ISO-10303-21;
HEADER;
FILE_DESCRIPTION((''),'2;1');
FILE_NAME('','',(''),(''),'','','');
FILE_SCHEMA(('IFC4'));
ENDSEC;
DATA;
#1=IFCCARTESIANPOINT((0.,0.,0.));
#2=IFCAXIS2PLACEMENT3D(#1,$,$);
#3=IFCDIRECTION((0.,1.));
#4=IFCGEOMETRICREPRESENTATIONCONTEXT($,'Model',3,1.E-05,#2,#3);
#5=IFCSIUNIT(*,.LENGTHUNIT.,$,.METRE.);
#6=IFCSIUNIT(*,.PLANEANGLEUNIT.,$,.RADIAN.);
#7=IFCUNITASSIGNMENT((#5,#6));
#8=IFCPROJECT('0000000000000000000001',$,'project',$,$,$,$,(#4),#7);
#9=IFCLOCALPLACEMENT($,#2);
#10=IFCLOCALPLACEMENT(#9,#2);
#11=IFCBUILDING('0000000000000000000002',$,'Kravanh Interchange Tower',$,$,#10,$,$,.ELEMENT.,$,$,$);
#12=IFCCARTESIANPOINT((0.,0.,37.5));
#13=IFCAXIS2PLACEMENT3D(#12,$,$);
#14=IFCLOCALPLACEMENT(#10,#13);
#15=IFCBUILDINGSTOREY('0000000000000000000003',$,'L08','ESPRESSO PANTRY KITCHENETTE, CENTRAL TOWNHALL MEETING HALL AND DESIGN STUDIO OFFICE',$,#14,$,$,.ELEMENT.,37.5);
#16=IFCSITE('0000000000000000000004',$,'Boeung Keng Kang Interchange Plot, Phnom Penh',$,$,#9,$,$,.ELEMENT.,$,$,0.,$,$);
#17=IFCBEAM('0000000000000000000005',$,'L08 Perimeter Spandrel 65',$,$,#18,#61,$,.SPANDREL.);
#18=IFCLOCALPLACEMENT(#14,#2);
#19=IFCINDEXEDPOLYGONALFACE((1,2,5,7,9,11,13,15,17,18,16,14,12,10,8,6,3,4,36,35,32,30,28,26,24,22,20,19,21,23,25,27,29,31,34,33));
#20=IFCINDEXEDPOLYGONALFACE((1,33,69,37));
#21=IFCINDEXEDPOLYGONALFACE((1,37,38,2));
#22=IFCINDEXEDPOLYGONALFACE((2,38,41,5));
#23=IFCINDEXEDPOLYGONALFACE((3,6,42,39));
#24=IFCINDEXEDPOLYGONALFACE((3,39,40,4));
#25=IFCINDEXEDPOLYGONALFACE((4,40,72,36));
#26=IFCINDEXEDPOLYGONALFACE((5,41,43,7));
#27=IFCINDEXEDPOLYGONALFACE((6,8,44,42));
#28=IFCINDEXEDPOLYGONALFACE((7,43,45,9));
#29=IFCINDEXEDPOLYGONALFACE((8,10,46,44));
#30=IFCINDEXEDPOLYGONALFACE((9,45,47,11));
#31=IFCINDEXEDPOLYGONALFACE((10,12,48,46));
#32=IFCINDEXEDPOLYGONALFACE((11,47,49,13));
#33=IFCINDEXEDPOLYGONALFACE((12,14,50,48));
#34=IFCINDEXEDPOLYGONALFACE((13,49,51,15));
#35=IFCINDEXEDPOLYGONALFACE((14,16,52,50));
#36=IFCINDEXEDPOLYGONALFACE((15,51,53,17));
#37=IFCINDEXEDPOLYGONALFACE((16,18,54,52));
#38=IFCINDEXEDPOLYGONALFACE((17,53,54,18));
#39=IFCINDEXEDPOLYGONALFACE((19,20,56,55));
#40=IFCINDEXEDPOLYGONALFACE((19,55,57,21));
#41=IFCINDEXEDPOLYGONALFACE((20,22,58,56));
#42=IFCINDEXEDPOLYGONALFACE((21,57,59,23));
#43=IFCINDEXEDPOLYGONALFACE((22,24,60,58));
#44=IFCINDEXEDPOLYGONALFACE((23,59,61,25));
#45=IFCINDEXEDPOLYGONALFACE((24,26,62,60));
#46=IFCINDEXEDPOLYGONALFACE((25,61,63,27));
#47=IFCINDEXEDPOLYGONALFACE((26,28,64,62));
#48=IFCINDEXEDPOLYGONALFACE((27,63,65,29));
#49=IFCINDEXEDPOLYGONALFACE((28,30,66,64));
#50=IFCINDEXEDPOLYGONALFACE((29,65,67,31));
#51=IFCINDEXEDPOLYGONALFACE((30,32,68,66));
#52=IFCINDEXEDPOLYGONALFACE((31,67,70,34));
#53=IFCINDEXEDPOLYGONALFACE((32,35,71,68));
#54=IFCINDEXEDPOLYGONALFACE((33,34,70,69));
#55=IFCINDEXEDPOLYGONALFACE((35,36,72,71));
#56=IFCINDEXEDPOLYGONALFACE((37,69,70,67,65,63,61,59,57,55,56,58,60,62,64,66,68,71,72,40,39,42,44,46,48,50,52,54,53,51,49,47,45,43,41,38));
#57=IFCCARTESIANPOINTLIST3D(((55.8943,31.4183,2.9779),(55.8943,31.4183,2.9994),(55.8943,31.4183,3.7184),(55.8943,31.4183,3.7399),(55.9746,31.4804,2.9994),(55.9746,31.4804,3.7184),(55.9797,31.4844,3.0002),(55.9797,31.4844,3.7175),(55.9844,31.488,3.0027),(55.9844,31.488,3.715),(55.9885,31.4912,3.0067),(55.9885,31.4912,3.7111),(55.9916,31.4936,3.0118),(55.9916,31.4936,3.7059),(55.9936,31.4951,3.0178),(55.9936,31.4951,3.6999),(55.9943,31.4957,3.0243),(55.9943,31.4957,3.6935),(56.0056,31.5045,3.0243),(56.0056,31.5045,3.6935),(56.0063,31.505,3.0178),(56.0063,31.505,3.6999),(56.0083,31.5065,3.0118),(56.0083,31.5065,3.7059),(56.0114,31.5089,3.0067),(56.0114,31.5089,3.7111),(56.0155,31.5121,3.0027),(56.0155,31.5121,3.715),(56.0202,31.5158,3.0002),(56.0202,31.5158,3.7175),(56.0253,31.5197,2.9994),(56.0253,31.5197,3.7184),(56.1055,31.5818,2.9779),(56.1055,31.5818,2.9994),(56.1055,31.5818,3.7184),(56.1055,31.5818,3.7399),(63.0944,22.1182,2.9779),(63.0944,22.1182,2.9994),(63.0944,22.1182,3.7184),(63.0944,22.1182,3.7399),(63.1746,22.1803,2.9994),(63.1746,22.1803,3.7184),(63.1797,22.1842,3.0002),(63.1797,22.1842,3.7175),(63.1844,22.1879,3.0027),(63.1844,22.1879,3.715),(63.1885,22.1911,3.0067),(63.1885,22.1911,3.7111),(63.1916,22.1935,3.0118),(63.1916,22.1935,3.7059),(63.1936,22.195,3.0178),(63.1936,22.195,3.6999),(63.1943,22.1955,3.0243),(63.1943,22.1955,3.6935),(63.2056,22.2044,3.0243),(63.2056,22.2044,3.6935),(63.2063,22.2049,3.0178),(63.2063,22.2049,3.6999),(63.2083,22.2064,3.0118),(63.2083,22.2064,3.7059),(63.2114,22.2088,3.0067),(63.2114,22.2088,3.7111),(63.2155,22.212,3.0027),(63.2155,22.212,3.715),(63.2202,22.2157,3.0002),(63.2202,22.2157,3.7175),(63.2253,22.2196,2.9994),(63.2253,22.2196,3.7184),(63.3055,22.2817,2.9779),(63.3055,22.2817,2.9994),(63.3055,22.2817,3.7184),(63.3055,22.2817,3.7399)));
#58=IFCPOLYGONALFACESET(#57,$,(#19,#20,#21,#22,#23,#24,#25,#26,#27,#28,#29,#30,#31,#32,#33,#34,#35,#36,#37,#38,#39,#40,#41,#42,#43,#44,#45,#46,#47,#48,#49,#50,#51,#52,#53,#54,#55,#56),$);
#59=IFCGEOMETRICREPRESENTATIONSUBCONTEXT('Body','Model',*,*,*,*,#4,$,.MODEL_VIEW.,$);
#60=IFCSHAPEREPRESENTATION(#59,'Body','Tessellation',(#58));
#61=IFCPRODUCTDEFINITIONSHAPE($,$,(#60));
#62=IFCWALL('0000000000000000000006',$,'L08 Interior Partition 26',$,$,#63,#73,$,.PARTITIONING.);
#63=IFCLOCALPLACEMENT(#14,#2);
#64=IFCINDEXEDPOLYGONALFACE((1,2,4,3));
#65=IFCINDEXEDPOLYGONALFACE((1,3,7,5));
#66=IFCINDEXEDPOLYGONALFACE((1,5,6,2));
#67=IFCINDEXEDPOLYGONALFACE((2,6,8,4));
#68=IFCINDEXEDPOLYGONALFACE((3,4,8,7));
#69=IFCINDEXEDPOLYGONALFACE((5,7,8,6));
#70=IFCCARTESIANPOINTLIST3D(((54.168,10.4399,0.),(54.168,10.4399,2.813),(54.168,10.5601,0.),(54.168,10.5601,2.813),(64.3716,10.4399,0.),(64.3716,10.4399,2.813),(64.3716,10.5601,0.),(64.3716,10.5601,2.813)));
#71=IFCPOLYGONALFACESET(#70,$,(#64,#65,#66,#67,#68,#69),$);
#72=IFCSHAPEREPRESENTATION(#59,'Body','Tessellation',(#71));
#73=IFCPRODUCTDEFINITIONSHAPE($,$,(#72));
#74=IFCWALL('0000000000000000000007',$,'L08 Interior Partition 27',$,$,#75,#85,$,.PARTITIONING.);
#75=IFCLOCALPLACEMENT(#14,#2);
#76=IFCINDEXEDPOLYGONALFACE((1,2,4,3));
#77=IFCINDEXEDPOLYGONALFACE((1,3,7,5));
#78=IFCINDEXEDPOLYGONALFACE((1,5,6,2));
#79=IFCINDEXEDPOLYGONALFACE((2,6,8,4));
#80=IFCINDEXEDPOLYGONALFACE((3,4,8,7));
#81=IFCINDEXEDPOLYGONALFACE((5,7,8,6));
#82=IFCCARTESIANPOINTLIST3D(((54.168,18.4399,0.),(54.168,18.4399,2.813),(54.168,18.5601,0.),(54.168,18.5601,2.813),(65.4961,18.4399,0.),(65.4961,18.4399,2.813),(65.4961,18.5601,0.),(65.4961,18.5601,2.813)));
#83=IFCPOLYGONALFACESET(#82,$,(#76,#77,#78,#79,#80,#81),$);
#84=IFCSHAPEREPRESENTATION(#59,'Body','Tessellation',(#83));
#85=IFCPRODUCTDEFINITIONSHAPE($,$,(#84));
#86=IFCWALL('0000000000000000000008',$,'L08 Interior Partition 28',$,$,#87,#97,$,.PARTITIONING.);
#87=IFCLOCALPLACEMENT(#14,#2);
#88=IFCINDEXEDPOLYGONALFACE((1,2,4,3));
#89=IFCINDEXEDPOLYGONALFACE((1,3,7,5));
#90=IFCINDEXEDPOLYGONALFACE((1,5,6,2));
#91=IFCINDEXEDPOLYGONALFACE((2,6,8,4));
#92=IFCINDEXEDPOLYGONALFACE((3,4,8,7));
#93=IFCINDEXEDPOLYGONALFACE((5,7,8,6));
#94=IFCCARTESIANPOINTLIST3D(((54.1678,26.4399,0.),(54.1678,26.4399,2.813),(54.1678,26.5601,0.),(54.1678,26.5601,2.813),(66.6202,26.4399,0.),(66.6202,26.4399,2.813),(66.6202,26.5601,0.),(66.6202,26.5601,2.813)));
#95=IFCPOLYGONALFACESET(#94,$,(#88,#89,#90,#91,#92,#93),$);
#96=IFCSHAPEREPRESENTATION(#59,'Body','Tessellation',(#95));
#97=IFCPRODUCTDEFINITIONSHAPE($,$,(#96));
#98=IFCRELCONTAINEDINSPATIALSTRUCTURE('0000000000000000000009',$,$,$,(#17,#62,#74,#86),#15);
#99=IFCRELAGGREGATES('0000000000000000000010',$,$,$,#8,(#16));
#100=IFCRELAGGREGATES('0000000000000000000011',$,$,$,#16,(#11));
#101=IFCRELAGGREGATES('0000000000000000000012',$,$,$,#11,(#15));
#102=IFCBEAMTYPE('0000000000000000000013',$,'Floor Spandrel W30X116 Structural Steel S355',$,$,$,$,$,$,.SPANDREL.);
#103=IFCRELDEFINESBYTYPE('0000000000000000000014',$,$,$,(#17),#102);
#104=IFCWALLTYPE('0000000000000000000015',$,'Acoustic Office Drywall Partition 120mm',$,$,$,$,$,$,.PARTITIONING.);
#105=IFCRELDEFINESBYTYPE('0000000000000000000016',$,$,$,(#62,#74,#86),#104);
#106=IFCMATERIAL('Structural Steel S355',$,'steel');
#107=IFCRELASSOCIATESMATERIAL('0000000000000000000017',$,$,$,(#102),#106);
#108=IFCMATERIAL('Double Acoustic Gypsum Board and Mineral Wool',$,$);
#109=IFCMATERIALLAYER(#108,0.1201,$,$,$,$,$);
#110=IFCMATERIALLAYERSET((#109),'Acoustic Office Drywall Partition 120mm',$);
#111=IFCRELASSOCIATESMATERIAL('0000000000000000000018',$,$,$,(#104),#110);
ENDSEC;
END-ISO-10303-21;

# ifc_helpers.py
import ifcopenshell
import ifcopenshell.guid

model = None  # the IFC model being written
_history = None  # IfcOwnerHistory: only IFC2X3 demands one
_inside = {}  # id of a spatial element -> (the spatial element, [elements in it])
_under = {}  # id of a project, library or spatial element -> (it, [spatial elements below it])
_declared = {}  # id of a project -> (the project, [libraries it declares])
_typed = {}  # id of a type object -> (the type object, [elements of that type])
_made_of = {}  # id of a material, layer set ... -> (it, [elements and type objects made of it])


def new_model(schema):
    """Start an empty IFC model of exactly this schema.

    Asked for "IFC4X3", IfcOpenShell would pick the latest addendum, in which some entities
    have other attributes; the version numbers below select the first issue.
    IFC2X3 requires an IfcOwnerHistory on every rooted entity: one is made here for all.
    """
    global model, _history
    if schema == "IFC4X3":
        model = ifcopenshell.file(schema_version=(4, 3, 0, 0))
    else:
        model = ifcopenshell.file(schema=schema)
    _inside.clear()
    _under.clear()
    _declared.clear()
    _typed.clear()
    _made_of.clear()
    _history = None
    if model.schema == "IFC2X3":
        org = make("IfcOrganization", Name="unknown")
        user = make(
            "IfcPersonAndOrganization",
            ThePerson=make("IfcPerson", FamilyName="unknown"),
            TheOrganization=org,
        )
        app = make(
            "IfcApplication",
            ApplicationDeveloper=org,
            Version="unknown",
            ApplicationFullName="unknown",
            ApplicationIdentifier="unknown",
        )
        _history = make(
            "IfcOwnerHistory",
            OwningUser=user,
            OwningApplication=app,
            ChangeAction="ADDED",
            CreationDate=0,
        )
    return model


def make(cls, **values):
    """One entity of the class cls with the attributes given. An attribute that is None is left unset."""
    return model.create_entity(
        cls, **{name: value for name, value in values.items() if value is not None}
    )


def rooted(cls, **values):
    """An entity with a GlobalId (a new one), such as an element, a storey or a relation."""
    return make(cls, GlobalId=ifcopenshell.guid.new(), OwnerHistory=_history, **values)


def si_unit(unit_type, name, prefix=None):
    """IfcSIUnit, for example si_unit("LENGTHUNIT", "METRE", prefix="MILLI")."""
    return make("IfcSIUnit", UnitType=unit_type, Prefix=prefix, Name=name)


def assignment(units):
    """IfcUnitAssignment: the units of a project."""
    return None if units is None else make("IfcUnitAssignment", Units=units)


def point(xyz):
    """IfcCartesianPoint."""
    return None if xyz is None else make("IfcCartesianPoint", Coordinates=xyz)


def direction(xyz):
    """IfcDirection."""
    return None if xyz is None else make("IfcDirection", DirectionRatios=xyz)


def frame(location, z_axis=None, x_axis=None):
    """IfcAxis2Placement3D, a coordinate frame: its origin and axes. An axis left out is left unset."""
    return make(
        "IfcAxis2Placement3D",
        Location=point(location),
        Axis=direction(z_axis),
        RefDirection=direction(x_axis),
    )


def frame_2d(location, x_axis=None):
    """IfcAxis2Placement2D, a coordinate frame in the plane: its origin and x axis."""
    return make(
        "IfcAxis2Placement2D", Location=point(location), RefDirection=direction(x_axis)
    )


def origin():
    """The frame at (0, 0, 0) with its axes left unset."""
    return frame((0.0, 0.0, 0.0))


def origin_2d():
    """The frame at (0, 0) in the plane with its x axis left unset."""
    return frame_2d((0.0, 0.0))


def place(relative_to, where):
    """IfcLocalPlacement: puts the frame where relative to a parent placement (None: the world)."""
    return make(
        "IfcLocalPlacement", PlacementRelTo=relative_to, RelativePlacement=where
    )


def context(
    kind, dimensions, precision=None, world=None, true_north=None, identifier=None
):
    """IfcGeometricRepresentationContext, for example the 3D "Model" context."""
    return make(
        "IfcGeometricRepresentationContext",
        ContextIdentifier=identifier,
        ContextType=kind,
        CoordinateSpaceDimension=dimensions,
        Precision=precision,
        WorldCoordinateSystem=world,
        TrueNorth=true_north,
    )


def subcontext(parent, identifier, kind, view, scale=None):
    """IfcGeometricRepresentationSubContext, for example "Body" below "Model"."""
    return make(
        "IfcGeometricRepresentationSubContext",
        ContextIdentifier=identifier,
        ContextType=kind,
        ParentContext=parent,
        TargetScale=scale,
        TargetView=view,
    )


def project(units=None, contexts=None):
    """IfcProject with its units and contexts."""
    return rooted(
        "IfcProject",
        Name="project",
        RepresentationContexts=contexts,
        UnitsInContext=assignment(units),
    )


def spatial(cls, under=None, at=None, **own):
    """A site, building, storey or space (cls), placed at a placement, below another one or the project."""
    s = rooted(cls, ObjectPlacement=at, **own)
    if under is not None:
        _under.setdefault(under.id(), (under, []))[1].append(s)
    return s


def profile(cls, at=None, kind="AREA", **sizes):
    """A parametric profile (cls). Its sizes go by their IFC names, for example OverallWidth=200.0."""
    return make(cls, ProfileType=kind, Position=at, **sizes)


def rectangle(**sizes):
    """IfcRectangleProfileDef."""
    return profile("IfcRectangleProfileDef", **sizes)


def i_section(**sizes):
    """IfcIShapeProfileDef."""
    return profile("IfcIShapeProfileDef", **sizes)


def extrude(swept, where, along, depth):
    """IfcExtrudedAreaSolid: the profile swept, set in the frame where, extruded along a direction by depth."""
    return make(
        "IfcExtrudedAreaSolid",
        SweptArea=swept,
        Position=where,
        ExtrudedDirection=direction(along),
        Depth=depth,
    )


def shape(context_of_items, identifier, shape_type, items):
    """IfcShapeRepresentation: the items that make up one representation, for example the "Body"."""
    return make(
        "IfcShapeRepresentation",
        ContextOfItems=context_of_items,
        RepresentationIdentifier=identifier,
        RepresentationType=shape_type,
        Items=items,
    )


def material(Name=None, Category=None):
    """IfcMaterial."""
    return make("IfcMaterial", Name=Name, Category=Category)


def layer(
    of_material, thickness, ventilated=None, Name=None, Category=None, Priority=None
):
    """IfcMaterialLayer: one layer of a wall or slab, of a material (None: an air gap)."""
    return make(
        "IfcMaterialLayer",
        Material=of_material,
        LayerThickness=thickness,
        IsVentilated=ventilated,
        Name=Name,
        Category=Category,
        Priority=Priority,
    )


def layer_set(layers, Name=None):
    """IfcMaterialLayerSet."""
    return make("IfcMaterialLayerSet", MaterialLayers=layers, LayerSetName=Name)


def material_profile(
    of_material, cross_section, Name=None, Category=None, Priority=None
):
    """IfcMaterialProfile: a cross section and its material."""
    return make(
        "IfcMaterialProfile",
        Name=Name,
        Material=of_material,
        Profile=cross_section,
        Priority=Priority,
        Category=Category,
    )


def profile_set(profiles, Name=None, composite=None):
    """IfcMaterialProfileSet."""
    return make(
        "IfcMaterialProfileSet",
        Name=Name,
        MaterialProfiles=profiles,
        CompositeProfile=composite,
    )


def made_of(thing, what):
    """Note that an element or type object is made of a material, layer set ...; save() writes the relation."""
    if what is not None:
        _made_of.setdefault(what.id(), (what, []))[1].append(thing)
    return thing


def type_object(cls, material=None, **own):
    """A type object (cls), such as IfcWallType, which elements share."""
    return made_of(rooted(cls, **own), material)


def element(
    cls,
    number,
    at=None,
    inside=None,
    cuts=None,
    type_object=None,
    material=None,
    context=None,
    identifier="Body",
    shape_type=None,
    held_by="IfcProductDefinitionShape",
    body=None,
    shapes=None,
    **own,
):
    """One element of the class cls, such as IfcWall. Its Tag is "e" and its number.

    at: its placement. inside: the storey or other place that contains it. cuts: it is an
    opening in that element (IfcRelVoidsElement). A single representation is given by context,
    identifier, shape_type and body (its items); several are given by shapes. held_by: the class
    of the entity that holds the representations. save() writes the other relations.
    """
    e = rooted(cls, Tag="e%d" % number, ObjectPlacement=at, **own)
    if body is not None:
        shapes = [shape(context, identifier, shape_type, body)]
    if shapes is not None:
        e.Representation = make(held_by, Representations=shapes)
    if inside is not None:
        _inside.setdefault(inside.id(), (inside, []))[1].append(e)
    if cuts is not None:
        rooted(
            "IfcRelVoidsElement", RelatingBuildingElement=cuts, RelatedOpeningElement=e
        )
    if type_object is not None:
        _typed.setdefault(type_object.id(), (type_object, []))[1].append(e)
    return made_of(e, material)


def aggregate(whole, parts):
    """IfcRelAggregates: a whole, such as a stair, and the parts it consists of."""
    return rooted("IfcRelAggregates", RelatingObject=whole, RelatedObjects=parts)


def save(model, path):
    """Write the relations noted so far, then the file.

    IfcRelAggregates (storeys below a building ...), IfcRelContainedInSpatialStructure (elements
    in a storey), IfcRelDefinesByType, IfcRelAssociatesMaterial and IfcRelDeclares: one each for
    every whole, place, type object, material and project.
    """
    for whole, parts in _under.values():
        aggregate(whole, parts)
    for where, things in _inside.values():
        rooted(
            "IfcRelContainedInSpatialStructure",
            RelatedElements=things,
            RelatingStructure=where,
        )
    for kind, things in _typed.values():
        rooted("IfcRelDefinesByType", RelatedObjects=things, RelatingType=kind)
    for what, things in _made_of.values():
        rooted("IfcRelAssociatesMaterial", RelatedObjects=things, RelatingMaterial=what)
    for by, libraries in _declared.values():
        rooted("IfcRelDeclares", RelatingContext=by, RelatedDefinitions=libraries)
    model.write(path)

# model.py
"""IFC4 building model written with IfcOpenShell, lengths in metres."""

from ifc_helpers import new_model, si_unit, direction, frame, frame_2d, origin, origin_2d, place, context, subcontext, project, spatial, rectangle, i_section, extrude, material, layer, layer_set, material_profile, profile_set, type_object, element, save


model = new_model("IFC4")

# Units and contexts
model_context = context("Model", 3, precision=1e-05, world=origin(), true_north=direction((0.0, 1.0)))
body_context = subcontext(model_context, "Body", "Model", "MODEL_VIEW")
ifc_project = project(units=[si_unit("LENGTHUNIT", "METRE"), si_unit("PLANEANGLEUNIT", "RADIAN")], contexts=[model_context])

# Site, building, storey
site_placement = place(None, origin())
site = spatial("IfcSite", under=ifc_project, at=site_placement, Name="Boeung Keng Kang Interchange Plot, Phnom Penh", CompositionType="ELEMENT", RefElevation=0.0)
building_placement = place(site_placement, origin())
building = spatial("IfcBuilding", under=site, at=building_placement, Name="Kravanh Interchange Tower", CompositionType="ELEMENT")
storey_placement = place(building_placement, frame((0.0, 0.0, 37.5)))
storey = spatial("IfcBuildingStorey", under=building, at=storey_placement, Name="L08", Description="ESPRESSO PANTRY KITCHENETTE, CENTRAL TOWNHALL MEETING HALL AND DESIGN STUDIO OFFICE", CompositionType="ELEMENT", Elevation=37.5)

# Beam
ifc_material_1 = material(Name="Structural Steel S355", Category="steel")
ifc_material_profile_1 = material_profile(ifc_material_1, i_section(OverallWidth=0.2671, OverallDepth=0.762, WebThickness=0.0144, FlangeThickness=0.0215, FilletRadius=0.0249, at=origin_2d()), Name="W30X116")
ifc_profile_set_1 = profile_set([ifc_material_profile_1], Name="Structural Steel S355")
beam_type_1 = type_object("IfcBeamType", Name="Floor Spandrel W30X116 Structural Steel S355", PredefinedType="SPANDREL", material=ifc_profile_set_1)
beam_1_placement = place(storey_placement, frame((63.2, 22.2, 3.3589), z_axis=(-0.612169, 0.790727, 0.0), x_axis=(-0.790727, -0.612169, 0.0)))
element("IfcBeam", 1, at=beam_1_placement, inside=storey, type_object=beam_type_1, Name="L08 Perimeter Spandrel 65", PredefinedType="SPANDREL", context=body_context, shape_type="SweptSolid", body=[
    extrude(i_section(OverallWidth=0.2671, OverallDepth=0.762, WebThickness=0.0144, FlangeThickness=0.0215, FilletRadius=0.0249, at=origin_2d()), origin(), (0.0, 0.0, 1.0), 11.7615),
])

# Walls
ifc_material_2 = material(Name="Double Acoustic Gypsum Board and Mineral Wool")
ifc_layer_1 = layer(ifc_material_2, 0.1201)
ifc_layer_set_1 = layer_set([ifc_layer_1], Name="Acoustic Office Drywall Partition 120mm")
wall_type = type_object("IfcWallType", Name="Acoustic Office Drywall Partition 120mm", PredefinedType="PARTITIONING", material=ifc_layer_set_1)
wall_1_placement = place(storey_placement, frame((54.168, 10.5, 0.0), z_axis=(0.0, 0.0, 1.0), x_axis=(1.0, 0.0, 0.0)))
element("IfcWall", 2, at=wall_1_placement, inside=storey, type_object=wall_type, Name="L08 Interior Partition 26", PredefinedType="PARTITIONING", context=body_context, shape_type="SweptSolid", body=[
    extrude(rectangle(XDim=10.2036, YDim=0.1201, at=frame_2d((5.1018, 0.0))), origin(), (0.0, 0.0, 1.0), 2.813),
])
wall_2_placement = place(storey_placement, frame((54.168, 18.5, 0.0), z_axis=(0.0, 0.0, 1.0), x_axis=(1.0, 0.0, 0.0)))
element("IfcWall", 3, at=wall_2_placement, inside=storey, type_object=wall_type, Name="L08 Interior Partition 27", PredefinedType="PARTITIONING", context=body_context, shape_type="SweptSolid", body=[
    extrude(rectangle(XDim=11.3281, YDim=0.1201, at=frame_2d((5.6641, 0.0))), origin(), (0.0, 0.0, 1.0), 2.813),
])
wall_3_placement = place(storey_placement, frame((54.168, 26.5, 0.0), z_axis=(0.0, 0.0, 1.0), x_axis=(1.0, 0.0, 0.0)))
element("IfcWall", 4, at=wall_3_placement, inside=storey, type_object=wall_type, Name="L08 Interior Partition 28", PredefinedType="PARTITIONING", context=body_context, shape_type="SweptSolid", body=[
    extrude(rectangle(XDim=12.4524, YDim=0.1201, at=frame_2d((6.2261, 0.0))), origin(), (0.0, 0.0, 1.0), 2.813),
])

save(model, "model.ifc")
